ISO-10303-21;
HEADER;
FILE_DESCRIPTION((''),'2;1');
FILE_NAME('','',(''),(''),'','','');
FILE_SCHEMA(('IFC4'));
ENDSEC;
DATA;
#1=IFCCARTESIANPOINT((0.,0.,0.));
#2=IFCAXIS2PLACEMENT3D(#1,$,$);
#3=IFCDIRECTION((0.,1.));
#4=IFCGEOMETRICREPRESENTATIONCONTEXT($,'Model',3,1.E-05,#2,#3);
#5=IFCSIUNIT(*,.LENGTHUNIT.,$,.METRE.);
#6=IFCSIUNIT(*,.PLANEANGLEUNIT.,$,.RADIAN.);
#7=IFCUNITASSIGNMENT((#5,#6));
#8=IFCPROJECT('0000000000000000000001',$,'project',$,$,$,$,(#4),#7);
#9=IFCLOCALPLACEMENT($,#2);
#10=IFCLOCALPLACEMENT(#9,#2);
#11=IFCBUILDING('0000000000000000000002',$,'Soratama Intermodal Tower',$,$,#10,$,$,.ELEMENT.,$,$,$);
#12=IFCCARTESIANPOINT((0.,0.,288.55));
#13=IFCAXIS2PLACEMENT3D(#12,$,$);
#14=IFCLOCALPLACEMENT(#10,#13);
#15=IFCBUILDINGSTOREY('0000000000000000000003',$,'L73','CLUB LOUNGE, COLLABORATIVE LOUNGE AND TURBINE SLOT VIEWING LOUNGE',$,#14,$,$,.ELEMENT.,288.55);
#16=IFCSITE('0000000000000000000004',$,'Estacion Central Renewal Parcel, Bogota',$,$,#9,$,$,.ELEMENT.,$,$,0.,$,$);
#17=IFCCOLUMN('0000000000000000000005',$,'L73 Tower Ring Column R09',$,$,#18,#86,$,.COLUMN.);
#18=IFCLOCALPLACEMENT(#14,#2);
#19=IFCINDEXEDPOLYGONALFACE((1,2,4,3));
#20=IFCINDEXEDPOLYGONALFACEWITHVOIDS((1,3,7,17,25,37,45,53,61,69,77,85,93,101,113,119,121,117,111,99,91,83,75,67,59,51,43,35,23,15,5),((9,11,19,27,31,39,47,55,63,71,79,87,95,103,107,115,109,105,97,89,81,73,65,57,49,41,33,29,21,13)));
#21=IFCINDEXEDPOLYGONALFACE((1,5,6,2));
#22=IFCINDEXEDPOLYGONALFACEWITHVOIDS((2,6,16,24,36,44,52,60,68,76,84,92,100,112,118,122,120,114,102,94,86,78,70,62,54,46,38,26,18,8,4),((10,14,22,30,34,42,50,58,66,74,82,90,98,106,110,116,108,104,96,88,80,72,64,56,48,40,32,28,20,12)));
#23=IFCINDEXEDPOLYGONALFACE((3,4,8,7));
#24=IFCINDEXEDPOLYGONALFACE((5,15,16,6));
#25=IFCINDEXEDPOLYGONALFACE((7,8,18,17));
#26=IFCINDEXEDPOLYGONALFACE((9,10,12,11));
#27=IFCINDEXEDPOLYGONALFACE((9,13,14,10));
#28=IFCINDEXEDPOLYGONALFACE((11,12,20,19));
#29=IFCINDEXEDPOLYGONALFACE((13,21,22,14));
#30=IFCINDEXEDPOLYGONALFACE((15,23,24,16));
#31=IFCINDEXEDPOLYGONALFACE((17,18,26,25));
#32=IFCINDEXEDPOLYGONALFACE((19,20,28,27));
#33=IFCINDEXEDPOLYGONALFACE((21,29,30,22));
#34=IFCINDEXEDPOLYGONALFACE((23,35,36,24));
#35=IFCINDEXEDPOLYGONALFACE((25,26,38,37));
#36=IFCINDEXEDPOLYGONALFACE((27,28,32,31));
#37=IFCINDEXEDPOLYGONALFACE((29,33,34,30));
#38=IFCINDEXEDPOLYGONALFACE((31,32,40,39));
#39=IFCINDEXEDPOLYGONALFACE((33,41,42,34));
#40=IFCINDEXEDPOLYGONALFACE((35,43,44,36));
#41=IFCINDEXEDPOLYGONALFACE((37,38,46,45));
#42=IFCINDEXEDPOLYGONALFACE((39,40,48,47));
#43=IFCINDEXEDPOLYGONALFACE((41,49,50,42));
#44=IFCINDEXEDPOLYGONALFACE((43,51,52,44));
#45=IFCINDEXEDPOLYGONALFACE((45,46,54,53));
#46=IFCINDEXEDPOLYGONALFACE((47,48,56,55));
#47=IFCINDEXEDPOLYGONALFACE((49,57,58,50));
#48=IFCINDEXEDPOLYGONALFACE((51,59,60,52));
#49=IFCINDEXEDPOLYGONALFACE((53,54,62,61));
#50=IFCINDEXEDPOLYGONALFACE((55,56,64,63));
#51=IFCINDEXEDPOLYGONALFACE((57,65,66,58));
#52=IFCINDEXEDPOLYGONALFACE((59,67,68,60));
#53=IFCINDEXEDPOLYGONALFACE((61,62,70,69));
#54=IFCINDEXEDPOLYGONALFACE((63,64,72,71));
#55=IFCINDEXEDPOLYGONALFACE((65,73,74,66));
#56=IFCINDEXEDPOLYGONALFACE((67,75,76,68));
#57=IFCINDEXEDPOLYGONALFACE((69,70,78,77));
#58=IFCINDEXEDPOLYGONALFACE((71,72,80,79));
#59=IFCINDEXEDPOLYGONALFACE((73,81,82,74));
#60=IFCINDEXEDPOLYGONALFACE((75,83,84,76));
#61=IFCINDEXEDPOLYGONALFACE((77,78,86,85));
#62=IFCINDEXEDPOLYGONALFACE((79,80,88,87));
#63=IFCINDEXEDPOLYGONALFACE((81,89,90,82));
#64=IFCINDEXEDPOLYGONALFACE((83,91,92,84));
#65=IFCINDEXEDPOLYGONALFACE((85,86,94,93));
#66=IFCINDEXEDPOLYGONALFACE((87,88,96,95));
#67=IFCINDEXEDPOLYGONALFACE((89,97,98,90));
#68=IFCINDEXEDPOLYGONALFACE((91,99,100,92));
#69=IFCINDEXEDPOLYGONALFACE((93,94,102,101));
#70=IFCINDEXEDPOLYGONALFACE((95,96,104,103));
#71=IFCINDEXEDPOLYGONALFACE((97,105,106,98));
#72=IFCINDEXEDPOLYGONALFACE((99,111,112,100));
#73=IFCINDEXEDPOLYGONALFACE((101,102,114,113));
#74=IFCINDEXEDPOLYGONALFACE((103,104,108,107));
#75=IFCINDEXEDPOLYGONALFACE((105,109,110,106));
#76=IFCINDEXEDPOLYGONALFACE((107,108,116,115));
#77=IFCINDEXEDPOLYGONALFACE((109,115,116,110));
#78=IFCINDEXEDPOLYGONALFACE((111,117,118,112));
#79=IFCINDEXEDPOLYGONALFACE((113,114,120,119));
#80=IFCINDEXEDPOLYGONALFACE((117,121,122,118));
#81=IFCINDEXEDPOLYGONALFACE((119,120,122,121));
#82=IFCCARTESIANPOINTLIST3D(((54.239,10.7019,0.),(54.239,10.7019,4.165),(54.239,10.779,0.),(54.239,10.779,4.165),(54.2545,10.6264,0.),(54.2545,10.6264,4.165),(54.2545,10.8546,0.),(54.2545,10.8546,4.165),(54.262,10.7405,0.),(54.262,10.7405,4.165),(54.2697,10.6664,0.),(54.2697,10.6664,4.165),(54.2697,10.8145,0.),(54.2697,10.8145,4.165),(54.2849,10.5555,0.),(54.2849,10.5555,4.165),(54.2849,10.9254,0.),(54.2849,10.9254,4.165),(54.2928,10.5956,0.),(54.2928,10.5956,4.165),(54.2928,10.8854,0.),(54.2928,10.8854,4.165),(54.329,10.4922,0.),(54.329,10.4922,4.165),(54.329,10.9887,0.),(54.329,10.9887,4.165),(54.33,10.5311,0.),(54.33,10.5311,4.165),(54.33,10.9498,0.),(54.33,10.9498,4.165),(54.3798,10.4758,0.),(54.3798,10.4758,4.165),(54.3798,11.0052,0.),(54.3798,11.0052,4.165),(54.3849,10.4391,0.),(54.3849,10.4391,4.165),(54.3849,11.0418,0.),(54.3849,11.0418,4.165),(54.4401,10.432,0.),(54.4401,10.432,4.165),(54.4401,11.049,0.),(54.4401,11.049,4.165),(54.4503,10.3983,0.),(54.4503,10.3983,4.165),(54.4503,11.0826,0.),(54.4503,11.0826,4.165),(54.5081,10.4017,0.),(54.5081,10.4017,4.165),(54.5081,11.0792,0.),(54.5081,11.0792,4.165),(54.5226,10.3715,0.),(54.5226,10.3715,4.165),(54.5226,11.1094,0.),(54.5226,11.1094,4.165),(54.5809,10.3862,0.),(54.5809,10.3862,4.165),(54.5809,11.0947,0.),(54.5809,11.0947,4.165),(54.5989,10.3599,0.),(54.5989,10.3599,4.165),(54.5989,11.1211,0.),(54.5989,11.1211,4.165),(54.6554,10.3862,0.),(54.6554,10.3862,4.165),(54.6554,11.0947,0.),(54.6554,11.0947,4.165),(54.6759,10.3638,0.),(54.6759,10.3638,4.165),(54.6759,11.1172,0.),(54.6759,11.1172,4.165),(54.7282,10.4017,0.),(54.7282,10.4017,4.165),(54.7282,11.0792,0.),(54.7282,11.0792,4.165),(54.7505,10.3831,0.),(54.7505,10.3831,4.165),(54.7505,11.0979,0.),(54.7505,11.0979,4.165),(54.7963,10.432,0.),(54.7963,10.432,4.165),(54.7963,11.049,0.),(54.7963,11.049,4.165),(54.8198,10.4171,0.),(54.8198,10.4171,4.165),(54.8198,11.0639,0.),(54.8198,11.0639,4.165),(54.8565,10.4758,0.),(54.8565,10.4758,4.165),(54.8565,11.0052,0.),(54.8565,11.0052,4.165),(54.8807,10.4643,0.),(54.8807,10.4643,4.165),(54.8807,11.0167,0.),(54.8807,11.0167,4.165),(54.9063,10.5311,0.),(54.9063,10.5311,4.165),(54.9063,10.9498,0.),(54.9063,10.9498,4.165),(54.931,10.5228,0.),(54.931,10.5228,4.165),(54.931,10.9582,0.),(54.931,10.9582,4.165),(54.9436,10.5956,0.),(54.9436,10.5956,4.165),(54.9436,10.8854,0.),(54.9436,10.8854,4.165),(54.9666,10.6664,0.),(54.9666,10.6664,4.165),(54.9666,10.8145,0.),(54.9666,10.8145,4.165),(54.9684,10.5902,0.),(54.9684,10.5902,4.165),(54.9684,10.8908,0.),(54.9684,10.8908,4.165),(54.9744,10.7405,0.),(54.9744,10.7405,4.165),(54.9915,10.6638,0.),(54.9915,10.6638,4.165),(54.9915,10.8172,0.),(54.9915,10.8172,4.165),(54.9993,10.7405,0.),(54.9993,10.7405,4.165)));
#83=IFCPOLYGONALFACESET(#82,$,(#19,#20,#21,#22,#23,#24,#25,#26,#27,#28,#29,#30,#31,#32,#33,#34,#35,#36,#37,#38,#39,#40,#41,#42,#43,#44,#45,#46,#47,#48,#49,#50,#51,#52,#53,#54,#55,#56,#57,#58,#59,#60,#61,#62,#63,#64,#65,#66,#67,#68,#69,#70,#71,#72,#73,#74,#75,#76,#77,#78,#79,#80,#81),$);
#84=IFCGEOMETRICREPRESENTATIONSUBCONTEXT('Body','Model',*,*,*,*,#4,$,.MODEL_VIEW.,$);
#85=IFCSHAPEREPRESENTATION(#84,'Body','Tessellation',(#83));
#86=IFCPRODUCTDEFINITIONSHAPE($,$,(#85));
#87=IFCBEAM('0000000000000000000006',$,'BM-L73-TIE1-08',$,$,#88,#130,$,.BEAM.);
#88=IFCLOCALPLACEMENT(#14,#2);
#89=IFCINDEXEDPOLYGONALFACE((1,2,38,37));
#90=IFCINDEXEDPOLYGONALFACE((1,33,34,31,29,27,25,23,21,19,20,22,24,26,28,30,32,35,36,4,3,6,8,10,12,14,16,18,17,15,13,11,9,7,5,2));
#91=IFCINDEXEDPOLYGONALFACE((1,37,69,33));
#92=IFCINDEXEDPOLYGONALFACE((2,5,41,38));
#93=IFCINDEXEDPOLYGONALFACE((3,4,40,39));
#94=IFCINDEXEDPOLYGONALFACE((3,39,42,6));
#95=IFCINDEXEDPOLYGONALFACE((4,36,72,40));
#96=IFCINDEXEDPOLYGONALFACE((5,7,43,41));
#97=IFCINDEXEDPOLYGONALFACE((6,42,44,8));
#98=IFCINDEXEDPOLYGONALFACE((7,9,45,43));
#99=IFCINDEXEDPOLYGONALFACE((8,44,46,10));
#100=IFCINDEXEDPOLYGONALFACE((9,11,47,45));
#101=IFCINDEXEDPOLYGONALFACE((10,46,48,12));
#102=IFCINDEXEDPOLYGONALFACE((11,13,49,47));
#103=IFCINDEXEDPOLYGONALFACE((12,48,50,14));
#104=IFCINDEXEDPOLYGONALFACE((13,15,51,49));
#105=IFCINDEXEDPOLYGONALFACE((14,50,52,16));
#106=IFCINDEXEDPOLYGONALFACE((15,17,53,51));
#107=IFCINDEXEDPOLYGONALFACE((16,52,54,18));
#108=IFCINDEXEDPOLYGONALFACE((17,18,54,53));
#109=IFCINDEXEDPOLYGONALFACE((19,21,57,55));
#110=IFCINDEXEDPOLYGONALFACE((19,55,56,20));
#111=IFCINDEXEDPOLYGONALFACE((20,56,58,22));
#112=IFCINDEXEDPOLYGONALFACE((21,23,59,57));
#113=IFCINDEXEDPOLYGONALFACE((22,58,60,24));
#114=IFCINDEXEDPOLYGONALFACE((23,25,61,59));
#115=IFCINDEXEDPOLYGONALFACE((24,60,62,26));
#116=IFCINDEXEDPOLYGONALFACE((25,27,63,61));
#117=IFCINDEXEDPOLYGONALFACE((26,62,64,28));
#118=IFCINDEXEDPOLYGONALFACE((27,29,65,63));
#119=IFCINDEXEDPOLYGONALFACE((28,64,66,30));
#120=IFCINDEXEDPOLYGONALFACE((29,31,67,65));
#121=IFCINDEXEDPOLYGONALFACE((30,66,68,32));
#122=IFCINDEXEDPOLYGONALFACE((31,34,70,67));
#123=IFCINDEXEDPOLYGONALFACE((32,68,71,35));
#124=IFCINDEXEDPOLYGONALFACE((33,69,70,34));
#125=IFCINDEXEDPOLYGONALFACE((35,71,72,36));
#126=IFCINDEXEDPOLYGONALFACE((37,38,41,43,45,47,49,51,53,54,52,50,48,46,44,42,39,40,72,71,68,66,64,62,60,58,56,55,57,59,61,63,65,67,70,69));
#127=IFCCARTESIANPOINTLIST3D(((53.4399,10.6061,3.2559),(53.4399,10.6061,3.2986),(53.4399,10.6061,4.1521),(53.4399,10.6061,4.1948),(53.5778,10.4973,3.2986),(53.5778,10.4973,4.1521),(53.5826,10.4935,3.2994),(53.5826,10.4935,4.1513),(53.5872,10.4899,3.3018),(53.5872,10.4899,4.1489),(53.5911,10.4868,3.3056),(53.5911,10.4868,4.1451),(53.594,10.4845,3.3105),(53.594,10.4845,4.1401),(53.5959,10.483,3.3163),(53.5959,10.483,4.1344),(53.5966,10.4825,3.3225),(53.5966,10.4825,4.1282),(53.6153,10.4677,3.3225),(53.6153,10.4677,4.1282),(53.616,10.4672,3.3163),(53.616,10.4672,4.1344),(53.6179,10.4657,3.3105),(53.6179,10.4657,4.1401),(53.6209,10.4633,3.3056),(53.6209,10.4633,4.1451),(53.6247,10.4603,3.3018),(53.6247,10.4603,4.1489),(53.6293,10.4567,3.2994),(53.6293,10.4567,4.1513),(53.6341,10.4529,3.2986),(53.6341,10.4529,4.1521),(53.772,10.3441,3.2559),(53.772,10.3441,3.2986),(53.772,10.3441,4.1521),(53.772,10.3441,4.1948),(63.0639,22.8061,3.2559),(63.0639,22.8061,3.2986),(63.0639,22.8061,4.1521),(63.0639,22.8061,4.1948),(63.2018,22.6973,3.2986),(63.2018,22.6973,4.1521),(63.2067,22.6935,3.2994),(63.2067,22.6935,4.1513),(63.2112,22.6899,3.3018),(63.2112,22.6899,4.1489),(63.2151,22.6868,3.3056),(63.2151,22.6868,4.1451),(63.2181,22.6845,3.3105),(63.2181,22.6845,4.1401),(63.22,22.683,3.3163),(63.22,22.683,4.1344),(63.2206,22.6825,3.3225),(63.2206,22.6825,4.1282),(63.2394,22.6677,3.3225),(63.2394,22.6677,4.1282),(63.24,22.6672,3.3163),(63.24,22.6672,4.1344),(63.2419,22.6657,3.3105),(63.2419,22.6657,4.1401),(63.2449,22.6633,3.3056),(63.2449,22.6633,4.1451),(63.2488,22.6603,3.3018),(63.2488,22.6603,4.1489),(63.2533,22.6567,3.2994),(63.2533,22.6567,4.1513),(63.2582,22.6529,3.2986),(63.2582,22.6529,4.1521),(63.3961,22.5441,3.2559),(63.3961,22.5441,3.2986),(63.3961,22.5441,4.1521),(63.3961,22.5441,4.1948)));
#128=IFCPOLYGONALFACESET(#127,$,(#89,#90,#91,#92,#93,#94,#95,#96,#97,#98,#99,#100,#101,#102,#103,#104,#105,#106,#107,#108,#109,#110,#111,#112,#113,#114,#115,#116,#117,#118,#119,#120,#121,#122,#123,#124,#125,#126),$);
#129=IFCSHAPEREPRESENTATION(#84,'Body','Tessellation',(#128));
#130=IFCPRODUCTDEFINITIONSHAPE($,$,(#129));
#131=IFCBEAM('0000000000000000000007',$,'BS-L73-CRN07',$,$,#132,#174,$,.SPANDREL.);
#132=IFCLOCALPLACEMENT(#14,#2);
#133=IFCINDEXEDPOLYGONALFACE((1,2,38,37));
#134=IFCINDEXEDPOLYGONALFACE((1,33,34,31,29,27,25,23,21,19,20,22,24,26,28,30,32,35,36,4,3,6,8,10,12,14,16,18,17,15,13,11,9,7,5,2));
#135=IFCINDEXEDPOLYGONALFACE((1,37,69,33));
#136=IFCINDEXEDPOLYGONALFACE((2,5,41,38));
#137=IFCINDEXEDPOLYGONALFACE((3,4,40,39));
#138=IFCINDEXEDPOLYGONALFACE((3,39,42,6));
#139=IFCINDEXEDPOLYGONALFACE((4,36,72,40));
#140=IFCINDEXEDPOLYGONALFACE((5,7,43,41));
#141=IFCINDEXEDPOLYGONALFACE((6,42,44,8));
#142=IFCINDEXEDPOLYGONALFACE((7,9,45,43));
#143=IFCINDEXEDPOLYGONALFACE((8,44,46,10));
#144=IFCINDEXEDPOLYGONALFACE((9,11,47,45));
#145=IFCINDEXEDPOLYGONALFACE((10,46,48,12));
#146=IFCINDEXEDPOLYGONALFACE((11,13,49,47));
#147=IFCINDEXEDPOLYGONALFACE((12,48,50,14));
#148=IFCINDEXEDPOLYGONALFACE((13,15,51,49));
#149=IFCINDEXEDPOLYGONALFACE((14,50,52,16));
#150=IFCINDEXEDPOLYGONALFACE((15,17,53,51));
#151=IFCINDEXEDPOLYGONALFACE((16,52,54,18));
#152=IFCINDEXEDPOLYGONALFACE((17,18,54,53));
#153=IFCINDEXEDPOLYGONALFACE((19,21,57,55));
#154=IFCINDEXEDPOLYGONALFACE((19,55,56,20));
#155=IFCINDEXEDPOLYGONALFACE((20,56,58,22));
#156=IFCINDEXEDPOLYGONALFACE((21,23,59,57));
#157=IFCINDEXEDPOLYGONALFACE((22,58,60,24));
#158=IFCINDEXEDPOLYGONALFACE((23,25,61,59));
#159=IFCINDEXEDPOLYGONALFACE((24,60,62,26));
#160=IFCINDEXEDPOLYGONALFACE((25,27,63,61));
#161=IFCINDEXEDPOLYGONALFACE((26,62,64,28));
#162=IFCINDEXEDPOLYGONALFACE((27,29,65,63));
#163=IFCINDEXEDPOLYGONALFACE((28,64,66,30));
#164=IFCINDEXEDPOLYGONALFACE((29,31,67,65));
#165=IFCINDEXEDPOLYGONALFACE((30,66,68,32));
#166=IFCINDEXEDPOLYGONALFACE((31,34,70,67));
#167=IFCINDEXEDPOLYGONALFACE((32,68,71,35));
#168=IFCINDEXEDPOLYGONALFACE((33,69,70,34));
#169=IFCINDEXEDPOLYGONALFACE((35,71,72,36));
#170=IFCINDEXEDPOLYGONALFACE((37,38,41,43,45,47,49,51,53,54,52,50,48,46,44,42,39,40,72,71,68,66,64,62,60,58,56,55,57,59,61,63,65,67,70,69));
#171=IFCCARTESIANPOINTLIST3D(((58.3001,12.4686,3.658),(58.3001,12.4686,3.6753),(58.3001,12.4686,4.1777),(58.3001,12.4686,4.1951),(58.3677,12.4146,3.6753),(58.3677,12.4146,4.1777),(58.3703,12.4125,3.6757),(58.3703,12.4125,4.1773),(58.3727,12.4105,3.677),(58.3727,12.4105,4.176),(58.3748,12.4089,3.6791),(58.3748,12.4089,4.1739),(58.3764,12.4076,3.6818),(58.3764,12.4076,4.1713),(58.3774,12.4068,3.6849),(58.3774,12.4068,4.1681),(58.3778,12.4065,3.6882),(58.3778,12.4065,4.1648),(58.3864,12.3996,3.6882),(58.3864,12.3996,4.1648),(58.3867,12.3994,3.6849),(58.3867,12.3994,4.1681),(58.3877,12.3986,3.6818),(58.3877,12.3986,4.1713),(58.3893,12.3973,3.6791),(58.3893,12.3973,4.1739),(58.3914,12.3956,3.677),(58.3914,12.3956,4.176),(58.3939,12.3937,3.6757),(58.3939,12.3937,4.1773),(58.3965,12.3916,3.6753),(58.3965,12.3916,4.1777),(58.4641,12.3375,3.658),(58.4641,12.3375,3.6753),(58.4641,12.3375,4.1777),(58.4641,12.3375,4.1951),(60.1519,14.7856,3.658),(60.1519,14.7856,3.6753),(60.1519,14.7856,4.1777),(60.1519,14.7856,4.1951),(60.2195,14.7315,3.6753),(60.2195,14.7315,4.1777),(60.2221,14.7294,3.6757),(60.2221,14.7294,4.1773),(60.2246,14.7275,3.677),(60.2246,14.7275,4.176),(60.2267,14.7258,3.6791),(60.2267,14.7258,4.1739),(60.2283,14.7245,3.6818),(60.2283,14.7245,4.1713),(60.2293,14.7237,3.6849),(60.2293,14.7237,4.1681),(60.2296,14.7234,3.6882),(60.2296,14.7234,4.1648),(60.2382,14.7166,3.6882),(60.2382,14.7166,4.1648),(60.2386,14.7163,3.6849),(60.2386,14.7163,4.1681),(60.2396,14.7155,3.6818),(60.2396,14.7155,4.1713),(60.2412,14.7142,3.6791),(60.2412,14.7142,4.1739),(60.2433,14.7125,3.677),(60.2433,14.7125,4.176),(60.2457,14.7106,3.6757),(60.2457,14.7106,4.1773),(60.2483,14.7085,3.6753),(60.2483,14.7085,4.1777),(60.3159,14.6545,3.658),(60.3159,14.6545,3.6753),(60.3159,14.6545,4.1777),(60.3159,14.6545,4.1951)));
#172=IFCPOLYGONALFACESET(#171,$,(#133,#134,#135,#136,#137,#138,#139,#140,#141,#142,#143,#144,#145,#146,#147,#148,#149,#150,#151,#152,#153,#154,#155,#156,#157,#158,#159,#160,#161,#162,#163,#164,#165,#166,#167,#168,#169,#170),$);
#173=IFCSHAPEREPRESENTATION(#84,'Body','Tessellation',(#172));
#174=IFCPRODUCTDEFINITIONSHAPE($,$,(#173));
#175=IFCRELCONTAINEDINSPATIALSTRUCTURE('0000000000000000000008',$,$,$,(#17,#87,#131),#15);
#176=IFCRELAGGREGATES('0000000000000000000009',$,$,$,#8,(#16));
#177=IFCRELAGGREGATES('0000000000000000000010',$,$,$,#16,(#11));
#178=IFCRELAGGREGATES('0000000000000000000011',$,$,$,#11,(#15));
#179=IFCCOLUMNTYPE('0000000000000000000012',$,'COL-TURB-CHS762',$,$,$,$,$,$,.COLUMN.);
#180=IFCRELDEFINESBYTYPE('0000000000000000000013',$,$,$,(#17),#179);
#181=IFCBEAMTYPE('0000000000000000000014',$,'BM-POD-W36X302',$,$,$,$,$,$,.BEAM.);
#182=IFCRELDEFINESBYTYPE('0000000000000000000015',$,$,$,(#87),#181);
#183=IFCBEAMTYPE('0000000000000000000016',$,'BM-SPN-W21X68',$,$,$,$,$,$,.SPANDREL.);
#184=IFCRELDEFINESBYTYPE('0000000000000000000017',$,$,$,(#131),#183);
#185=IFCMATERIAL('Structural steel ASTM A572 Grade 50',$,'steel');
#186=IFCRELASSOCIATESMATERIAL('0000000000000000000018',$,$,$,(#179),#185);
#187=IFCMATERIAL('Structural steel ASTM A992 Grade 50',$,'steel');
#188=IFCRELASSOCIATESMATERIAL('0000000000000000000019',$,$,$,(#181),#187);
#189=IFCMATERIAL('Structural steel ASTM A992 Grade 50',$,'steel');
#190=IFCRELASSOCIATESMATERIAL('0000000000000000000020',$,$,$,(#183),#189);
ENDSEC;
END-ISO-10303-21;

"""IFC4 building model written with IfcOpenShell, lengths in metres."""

from ifc_helpers import new_model, si_unit, direction, frame, origin, origin_2d, place, context, subcontext, project, spatial, hollow_circle, i_section, extrude, material, material_profile, profile_set, type_object, element, save


model = new_model("IFC4")

# Units and contexts
model_context = context("Model", 3, precision=1e-05, world=origin(), true_north=direction((0.0, 1.0)))
body_context = subcontext(model_context, "Body", "Model", "MODEL_VIEW")
ifc_project = project(units=[si_unit("LENGTHUNIT", "METRE"), si_unit("PLANEANGLEUNIT", "RADIAN")], contexts=[model_context])

# Site, building, storey
site_placement = place(None, origin())
site = spatial("IfcSite", under=ifc_project, at=site_placement, Name="Estacion Central Renewal Parcel, Bogota", CompositionType="ELEMENT", RefElevation=0.0)
building_placement = place(site_placement, origin())
building = spatial("IfcBuilding", under=site, at=building_placement, Name="Soratama Intermodal Tower", CompositionType="ELEMENT")
storey_placement = place(building_placement, frame((0.0, 0.0, 288.55)))
storey = spatial("IfcBuildingStorey", under=building, at=storey_placement, Name="L73", Description="CLUB LOUNGE, COLLABORATIVE LOUNGE AND TURBINE SLOT VIEWING LOUNGE", CompositionType="ELEMENT", Elevation=288.55)

# Column
ifc_material_1 = material(Name="Structural steel ASTM A572 Grade 50", Category="steel")
ifc_material_profile_1 = material_profile(ifc_material_1, hollow_circle(Radius=0.3811, WallThickness=0.0249, at=origin_2d()), Name="CHS762X25")
ifc_profile_set_1 = profile_set([ifc_material_profile_1], Name="Structural steel ASTM A572 Grade 50")
column_type = type_object("IfcColumnType", Name="COL-TURB-CHS762", PredefinedType="COLUMN", material=ifc_profile_set_1)
column_placement = place(storey_placement, frame((54.6182, 10.7405, 0.0), z_axis=(0.0, 0.0, 1.0), x_axis=(1.0, 0.0, 0.0)))
element("IfcColumn", 1, at=column_placement, inside=storey, type_object=column_type, Name="L73 Tower Ring Column R09", PredefinedType="COLUMN", context=body_context, shape_type="SweptSolid", body=[
    extrude(hollow_circle(Radius=0.3811, WallThickness=0.0249, at=origin_2d()), origin(), (0.0, 0.0, 1.0), 4.165),
])

# Beams
ifc_material_2 = material(Name="Structural steel ASTM A992 Grade 50", Category="steel")
ifc_material_profile_2 = material_profile(ifc_material_2, i_section(OverallWidth=0.4231, OverallDepth=0.939, WebThickness=0.0239, FlangeThickness=0.0427, FilletRadius=0.0239, at=origin_2d()), Name="W36X302")
ifc_profile_set_2 = profile_set([ifc_material_profile_2], Name="Structural steel ASTM A992 Grade 50")
beam_type_1 = type_object("IfcBeamType", Name="BM-POD-W36X302", PredefinedType="BEAM", material=ifc_profile_set_2)
beam_1_placement = place(storey_placement, frame((53.606, 10.4751, 3.7253), z_axis=(0.619346, 0.785118, 0.0), x_axis=(-0.785118, 0.619346, 0.0)))
element("IfcBeam", 2, at=beam_1_placement, inside=storey, type_object=beam_type_1, Name="BM-L73-TIE1-08", PredefinedType="BEAM", context=body_context, shape_type="SweptSolid", body=[
    extrude(i_section(OverallWidth=0.4231, OverallDepth=0.939, WebThickness=0.0239, FlangeThickness=0.0427, FilletRadius=0.0239, at=origin_2d()), origin(), (0.0, 0.0, 1.0), 15.5391),
])
ifc_material_3 = material(Name="Structural steel ASTM A992 Grade 50", Category="steel")
ifc_material_profile_3 = material_profile(ifc_material_3, i_section(OverallWidth=0.21, OverallDepth=0.5371, WebThickness=0.011, FlangeThickness=0.0173, FilletRadius=0.0129, at=origin_2d()), Name="W21X68")
ifc_profile_set_3 = profile_set([ifc_material_profile_3], Name="Structural steel ASTM A992 Grade 50")
beam_type_2 = type_object("IfcBeamType", Name="BM-SPN-W21X68", PredefinedType="SPANDREL", material=ifc_profile_set_3)
beam_2_placement = place(storey_placement, frame((58.3821, 12.4031, 3.9265), z_axis=(0.624344, 0.78115, 0.0), x_axis=(-0.78115, 0.624344, 0.0)))
element("IfcBeam", 3, at=beam_2_placement, inside=storey, type_object=beam_type_2, Name="BS-L73-CRN07", PredefinedType="SPANDREL", context=body_context, shape_type="SweptSolid", body=[
    extrude(i_section(OverallWidth=0.21, OverallDepth=0.5371, WebThickness=0.011, FlangeThickness=0.0173, FilletRadius=0.0129, at=origin_2d()), origin(), (0.0, 0.0, 1.0), 2.9661),
])

save(model, "model.ifc")
